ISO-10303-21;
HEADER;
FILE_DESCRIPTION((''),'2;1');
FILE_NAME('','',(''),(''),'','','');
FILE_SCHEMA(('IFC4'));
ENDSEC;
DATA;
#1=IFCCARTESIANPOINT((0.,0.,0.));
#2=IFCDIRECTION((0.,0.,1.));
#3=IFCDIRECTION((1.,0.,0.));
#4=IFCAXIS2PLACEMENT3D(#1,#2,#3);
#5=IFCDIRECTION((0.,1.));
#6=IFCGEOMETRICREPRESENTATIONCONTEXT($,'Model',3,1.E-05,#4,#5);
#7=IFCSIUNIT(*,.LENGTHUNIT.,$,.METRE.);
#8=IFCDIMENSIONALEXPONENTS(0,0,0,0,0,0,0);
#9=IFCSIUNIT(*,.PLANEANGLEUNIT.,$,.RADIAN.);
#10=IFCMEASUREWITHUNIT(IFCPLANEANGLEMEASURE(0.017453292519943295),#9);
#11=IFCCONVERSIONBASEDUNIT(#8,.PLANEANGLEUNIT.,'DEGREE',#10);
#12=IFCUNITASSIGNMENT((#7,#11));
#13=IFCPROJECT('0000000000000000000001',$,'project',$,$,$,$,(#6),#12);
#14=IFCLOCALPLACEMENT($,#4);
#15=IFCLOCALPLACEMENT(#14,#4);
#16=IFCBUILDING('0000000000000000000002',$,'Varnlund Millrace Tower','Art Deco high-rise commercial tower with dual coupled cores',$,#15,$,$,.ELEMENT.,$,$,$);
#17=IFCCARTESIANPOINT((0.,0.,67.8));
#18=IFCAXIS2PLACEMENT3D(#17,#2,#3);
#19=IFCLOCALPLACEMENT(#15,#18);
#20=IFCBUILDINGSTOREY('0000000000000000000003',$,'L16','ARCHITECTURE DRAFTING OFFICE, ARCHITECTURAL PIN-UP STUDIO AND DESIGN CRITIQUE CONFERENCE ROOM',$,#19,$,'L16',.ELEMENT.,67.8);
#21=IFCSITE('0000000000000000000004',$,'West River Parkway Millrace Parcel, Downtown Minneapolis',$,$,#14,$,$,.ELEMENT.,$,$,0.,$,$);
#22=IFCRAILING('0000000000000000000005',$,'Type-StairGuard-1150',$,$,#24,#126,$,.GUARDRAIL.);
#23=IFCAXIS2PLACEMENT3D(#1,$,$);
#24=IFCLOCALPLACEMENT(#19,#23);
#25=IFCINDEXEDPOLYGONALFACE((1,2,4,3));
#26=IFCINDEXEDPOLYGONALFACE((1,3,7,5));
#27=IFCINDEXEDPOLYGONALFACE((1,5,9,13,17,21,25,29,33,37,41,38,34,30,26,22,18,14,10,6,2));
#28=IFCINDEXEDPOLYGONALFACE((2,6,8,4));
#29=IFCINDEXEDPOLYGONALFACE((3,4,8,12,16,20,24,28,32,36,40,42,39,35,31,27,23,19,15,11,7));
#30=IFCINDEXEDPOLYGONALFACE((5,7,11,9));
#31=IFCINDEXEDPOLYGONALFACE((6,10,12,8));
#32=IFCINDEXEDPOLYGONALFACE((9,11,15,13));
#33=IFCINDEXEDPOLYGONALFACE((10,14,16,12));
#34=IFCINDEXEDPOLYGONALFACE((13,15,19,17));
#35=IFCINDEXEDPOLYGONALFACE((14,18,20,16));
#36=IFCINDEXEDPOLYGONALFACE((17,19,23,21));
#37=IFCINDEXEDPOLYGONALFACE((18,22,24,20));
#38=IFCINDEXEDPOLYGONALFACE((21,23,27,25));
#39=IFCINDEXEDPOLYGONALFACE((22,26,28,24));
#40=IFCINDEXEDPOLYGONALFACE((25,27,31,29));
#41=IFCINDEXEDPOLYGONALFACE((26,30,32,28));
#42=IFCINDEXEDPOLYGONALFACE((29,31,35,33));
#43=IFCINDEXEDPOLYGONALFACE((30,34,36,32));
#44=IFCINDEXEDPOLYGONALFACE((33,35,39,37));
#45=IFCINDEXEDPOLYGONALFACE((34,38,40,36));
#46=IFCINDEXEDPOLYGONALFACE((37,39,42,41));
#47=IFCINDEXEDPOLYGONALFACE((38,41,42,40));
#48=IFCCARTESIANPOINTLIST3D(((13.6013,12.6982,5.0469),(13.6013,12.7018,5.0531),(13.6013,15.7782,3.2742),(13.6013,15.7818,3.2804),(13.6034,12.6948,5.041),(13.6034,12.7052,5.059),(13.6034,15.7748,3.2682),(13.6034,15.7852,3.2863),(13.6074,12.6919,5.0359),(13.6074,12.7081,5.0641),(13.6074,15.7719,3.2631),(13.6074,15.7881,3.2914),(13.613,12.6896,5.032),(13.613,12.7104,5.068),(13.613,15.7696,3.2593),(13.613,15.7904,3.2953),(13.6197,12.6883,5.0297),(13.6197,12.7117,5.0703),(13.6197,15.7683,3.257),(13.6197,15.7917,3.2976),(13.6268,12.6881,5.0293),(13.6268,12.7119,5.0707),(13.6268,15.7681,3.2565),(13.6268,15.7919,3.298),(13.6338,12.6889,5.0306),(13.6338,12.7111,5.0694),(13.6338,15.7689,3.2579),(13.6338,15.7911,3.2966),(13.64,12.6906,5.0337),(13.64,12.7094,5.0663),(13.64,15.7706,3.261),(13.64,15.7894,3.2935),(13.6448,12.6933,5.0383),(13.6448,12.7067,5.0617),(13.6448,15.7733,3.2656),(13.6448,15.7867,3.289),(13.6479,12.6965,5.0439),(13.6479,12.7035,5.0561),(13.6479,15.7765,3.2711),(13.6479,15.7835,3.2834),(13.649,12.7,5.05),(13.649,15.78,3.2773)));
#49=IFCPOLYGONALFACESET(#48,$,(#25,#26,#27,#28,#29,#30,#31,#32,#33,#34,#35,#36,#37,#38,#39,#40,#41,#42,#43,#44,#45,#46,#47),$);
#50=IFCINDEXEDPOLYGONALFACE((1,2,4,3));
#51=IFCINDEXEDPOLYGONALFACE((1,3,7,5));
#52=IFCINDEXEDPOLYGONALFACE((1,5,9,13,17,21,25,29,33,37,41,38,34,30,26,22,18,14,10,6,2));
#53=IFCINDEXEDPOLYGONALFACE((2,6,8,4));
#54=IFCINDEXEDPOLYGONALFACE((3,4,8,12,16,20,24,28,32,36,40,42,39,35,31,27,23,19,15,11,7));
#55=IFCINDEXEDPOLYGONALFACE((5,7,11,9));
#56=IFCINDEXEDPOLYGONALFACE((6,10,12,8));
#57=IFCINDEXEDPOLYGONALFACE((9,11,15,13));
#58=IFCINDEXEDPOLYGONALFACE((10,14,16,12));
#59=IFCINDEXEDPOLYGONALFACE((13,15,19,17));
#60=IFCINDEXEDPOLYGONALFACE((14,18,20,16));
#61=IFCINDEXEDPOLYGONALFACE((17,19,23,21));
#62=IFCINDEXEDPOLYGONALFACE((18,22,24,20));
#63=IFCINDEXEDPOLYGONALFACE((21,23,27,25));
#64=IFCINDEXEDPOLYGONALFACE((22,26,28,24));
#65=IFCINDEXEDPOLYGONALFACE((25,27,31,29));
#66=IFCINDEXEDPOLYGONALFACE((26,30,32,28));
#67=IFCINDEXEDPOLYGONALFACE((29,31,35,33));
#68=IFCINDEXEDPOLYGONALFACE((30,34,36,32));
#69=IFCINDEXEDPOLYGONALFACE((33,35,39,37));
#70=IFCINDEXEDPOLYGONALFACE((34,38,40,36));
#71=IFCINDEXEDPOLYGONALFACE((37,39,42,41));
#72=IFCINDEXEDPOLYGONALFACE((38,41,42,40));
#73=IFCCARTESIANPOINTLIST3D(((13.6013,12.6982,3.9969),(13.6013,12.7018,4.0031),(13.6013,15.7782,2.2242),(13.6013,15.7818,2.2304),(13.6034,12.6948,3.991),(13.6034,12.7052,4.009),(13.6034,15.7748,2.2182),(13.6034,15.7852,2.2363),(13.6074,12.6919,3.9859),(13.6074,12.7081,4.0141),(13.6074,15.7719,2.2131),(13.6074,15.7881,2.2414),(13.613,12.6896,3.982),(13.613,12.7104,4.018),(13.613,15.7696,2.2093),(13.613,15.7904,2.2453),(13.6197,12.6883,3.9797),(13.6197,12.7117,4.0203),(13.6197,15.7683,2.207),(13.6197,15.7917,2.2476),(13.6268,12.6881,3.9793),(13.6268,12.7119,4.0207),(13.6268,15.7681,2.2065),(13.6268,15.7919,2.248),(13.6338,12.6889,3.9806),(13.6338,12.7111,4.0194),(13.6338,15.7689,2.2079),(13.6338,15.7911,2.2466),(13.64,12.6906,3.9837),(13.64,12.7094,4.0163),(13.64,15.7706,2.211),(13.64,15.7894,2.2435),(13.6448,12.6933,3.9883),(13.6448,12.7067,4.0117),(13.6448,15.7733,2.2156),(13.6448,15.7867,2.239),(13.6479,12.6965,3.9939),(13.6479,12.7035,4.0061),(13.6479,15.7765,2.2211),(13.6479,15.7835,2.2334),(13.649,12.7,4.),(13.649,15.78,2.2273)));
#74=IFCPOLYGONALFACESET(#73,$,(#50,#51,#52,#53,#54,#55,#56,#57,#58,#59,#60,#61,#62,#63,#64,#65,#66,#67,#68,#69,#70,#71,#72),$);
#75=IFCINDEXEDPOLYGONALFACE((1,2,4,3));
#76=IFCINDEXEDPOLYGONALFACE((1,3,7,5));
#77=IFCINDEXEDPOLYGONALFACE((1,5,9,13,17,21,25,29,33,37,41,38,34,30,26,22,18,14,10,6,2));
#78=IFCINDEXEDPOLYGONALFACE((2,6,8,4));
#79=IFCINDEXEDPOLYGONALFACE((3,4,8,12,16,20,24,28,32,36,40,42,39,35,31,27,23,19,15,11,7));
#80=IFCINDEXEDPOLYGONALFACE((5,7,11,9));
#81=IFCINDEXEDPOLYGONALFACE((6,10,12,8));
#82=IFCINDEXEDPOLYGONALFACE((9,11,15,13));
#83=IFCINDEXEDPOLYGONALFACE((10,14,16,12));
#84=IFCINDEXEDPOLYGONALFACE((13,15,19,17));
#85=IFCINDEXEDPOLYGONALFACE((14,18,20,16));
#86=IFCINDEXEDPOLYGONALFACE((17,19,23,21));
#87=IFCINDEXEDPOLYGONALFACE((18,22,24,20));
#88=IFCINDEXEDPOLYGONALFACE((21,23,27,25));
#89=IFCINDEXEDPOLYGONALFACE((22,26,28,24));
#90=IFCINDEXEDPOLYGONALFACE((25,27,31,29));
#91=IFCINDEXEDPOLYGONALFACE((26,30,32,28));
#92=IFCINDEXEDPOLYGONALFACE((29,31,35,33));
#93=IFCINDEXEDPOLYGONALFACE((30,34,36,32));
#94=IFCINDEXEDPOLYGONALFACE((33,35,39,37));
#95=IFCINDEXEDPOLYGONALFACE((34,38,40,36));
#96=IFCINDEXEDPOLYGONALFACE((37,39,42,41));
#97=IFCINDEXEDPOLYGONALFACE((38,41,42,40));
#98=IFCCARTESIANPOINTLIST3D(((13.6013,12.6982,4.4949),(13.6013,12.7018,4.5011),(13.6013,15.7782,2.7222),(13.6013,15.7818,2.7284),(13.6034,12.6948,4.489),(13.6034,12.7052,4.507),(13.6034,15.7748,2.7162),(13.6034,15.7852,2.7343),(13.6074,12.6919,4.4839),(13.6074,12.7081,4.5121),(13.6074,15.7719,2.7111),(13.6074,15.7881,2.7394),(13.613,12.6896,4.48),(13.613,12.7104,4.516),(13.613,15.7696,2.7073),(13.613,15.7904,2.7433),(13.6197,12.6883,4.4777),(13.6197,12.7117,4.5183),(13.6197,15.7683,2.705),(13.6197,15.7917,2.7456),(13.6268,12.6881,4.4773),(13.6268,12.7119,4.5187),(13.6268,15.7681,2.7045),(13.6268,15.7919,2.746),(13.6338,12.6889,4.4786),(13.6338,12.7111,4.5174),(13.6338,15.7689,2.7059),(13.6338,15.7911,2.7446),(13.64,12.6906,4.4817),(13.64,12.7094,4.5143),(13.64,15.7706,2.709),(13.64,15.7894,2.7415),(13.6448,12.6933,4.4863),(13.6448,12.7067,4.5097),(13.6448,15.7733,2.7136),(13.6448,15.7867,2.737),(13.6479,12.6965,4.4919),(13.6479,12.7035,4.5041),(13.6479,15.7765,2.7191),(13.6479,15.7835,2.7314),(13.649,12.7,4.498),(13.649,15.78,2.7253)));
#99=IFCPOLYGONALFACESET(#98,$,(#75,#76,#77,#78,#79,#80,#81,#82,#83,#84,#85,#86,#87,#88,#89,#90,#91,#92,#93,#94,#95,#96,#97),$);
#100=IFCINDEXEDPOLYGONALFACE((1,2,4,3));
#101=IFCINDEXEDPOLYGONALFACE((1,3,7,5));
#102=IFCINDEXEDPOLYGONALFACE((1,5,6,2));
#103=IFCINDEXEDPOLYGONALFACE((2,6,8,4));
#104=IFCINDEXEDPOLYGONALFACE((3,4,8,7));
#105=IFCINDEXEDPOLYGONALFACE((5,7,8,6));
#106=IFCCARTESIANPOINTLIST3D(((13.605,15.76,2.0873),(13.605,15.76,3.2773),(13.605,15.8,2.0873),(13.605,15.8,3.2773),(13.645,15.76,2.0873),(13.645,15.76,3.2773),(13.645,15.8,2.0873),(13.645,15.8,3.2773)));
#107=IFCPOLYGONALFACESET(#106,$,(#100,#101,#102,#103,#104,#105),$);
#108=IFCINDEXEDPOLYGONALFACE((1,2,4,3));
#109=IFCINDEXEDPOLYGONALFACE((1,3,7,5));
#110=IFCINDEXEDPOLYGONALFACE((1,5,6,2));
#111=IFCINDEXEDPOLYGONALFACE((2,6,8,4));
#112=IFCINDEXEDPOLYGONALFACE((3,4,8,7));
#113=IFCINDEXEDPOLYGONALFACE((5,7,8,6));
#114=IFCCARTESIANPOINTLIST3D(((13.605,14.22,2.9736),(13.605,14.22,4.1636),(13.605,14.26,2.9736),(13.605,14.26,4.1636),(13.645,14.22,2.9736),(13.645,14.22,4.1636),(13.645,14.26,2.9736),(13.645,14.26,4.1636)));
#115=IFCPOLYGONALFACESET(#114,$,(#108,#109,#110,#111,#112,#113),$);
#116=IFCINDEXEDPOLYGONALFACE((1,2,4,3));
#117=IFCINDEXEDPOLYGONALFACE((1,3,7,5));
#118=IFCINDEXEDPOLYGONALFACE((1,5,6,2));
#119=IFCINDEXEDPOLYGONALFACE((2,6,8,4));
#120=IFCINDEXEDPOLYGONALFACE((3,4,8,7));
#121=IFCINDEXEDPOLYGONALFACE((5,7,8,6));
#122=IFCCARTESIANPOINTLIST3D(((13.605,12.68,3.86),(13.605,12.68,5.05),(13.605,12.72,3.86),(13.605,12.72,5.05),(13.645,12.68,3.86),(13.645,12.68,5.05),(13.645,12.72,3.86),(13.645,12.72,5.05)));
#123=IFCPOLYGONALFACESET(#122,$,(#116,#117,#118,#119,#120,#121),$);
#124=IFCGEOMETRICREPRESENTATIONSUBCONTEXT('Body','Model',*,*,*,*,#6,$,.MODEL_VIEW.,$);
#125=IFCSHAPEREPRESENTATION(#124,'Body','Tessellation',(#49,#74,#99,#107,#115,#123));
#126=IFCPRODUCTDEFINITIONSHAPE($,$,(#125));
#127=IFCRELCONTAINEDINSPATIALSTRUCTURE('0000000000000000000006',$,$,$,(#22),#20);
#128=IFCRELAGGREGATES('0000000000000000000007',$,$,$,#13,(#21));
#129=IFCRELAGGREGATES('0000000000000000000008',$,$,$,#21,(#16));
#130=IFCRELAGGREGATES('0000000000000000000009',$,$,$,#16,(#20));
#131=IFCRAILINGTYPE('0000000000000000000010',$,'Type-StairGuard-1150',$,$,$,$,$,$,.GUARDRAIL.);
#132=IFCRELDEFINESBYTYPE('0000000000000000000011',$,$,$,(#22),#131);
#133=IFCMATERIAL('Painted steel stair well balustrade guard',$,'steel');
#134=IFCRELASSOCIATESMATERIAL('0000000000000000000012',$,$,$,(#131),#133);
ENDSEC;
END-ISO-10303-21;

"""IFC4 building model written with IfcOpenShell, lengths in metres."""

from ifc_helpers import new_model, entity, si_unit, converted_unit, direction, frame, origin_with_axes, origin_2d_with_axis, place, context, subcontext, project, spatial, rectangle, circle, extrude, material, type_object, element, save


model = new_model("IFC4")

# Units and contexts
model_context = context("Model", 3, precision=1e-05, world=origin_with_axes(), true_north=direction((0.0, 1.0)))
body_context = subcontext(model_context, "Body", "Model", "MODEL_VIEW")
ifc_project = project(units=[si_unit("LENGTHUNIT", "METRE"), converted_unit("PLANEANGLEUNIT", "DEGREE", entity("IfcPlaneAngleMeasure", 0.017453292519943295), si_unit("PLANEANGLEUNIT", "RADIAN"), dimensions=[0, 0, 0, 0, 0, 0, 0])], contexts=[model_context])

# Site, building, storey
site_placement = place(None, origin_with_axes())
site = spatial("IfcSite", under=ifc_project, at=site_placement, Name="West River Parkway Millrace Parcel, Downtown Minneapolis", CompositionType="ELEMENT", RefElevation=0.0)
building_placement = place(site_placement, origin_with_axes())
building = spatial("IfcBuilding", under=site, at=building_placement, Name="Varnlund Millrace Tower", Description="Art Deco high-rise commercial tower with dual coupled cores", CompositionType="ELEMENT")
storey_placement = place(building_placement, frame((0.0, 0.0, 67.8), z_axis=(0.0, 0.0, 1.0), x_axis=(1.0, 0.0, 0.0)))
storey = spatial("IfcBuildingStorey", under=building, at=storey_placement, Name="L16", Description="ARCHITECTURE DRAFTING OFFICE, ARCHITECTURAL PIN-UP STUDIO AND DESIGN CRITIQUE CONFERENCE ROOM", LongName="L16", CompositionType="ELEMENT", Elevation=67.8)

# Railing
ifc_material_1 = material(Name="Painted steel stair well balustrade guard", Category="steel")
railing_type_1 = type_object("IfcRailingType", Name="Type-StairGuard-1150", PredefinedType="GUARDRAIL", material=ifc_material_1)
railing_1_placement = place(storey_placement, frame((0.0, 0.0, -67.8), z_axis=(0.0, 0.0, 1.0), x_axis=(1.0, 0.0, 0.0)))
element("IfcRailing", 1, at=railing_1_placement, inside=storey, type_object=railing_type_1, Name="Type-StairGuard-1150", PredefinedType="GUARDRAIL", context=body_context, shape_type="SweptSolid", body=[
    extrude(circle(Radius=0.024, at=origin_2d_with_axis()), frame((13.625, 15.78, 71.0773), z_axis=(0.0, -0.866696, 0.498836), x_axis=(1.0, 0.0, 0.0)), (0.0, 0.0, 1.0), 3.5537),
    extrude(circle(Radius=0.024, at=origin_2d_with_axis()), frame((13.625, 15.78, 70.0273), z_axis=(0.0, -0.866696, 0.498836), x_axis=(1.0, 0.0, 0.0)), (0.0, 0.0, 1.0), 3.5537),
    extrude(circle(Radius=0.024, at=origin_2d_with_axis()), frame((13.625, 15.78, 70.5253), z_axis=(0.0, -0.866696, 0.498836), x_axis=(1.0, 0.0, 0.0)), (0.0, 0.0, 1.0), 3.5537),
    extrude(rectangle(XDim=0.04, YDim=0.04, at=origin_2d_with_axis()), frame((13.625, 15.78, 69.8873), z_axis=(0.0, 0.0, 1.0), x_axis=(1.0, 0.0, 0.0)), (0.0, 0.0, 1.0), 1.19),
    extrude(rectangle(XDim=0.04, YDim=0.04, at=origin_2d_with_axis()), frame((13.625, 14.24, 70.7736), z_axis=(0.0, 0.0, 1.0), x_axis=(1.0, 0.0, 0.0)), (0.0, 0.0, 1.0), 1.19),
    extrude(rectangle(XDim=0.04, YDim=0.04, at=origin_2d_with_axis()), frame((13.625, 12.7, 71.66), z_axis=(0.0, 0.0, 1.0), x_axis=(1.0, 0.0, 0.0)), (0.0, 0.0, 1.0), 1.19),
])

save(model, "model.ifc")
